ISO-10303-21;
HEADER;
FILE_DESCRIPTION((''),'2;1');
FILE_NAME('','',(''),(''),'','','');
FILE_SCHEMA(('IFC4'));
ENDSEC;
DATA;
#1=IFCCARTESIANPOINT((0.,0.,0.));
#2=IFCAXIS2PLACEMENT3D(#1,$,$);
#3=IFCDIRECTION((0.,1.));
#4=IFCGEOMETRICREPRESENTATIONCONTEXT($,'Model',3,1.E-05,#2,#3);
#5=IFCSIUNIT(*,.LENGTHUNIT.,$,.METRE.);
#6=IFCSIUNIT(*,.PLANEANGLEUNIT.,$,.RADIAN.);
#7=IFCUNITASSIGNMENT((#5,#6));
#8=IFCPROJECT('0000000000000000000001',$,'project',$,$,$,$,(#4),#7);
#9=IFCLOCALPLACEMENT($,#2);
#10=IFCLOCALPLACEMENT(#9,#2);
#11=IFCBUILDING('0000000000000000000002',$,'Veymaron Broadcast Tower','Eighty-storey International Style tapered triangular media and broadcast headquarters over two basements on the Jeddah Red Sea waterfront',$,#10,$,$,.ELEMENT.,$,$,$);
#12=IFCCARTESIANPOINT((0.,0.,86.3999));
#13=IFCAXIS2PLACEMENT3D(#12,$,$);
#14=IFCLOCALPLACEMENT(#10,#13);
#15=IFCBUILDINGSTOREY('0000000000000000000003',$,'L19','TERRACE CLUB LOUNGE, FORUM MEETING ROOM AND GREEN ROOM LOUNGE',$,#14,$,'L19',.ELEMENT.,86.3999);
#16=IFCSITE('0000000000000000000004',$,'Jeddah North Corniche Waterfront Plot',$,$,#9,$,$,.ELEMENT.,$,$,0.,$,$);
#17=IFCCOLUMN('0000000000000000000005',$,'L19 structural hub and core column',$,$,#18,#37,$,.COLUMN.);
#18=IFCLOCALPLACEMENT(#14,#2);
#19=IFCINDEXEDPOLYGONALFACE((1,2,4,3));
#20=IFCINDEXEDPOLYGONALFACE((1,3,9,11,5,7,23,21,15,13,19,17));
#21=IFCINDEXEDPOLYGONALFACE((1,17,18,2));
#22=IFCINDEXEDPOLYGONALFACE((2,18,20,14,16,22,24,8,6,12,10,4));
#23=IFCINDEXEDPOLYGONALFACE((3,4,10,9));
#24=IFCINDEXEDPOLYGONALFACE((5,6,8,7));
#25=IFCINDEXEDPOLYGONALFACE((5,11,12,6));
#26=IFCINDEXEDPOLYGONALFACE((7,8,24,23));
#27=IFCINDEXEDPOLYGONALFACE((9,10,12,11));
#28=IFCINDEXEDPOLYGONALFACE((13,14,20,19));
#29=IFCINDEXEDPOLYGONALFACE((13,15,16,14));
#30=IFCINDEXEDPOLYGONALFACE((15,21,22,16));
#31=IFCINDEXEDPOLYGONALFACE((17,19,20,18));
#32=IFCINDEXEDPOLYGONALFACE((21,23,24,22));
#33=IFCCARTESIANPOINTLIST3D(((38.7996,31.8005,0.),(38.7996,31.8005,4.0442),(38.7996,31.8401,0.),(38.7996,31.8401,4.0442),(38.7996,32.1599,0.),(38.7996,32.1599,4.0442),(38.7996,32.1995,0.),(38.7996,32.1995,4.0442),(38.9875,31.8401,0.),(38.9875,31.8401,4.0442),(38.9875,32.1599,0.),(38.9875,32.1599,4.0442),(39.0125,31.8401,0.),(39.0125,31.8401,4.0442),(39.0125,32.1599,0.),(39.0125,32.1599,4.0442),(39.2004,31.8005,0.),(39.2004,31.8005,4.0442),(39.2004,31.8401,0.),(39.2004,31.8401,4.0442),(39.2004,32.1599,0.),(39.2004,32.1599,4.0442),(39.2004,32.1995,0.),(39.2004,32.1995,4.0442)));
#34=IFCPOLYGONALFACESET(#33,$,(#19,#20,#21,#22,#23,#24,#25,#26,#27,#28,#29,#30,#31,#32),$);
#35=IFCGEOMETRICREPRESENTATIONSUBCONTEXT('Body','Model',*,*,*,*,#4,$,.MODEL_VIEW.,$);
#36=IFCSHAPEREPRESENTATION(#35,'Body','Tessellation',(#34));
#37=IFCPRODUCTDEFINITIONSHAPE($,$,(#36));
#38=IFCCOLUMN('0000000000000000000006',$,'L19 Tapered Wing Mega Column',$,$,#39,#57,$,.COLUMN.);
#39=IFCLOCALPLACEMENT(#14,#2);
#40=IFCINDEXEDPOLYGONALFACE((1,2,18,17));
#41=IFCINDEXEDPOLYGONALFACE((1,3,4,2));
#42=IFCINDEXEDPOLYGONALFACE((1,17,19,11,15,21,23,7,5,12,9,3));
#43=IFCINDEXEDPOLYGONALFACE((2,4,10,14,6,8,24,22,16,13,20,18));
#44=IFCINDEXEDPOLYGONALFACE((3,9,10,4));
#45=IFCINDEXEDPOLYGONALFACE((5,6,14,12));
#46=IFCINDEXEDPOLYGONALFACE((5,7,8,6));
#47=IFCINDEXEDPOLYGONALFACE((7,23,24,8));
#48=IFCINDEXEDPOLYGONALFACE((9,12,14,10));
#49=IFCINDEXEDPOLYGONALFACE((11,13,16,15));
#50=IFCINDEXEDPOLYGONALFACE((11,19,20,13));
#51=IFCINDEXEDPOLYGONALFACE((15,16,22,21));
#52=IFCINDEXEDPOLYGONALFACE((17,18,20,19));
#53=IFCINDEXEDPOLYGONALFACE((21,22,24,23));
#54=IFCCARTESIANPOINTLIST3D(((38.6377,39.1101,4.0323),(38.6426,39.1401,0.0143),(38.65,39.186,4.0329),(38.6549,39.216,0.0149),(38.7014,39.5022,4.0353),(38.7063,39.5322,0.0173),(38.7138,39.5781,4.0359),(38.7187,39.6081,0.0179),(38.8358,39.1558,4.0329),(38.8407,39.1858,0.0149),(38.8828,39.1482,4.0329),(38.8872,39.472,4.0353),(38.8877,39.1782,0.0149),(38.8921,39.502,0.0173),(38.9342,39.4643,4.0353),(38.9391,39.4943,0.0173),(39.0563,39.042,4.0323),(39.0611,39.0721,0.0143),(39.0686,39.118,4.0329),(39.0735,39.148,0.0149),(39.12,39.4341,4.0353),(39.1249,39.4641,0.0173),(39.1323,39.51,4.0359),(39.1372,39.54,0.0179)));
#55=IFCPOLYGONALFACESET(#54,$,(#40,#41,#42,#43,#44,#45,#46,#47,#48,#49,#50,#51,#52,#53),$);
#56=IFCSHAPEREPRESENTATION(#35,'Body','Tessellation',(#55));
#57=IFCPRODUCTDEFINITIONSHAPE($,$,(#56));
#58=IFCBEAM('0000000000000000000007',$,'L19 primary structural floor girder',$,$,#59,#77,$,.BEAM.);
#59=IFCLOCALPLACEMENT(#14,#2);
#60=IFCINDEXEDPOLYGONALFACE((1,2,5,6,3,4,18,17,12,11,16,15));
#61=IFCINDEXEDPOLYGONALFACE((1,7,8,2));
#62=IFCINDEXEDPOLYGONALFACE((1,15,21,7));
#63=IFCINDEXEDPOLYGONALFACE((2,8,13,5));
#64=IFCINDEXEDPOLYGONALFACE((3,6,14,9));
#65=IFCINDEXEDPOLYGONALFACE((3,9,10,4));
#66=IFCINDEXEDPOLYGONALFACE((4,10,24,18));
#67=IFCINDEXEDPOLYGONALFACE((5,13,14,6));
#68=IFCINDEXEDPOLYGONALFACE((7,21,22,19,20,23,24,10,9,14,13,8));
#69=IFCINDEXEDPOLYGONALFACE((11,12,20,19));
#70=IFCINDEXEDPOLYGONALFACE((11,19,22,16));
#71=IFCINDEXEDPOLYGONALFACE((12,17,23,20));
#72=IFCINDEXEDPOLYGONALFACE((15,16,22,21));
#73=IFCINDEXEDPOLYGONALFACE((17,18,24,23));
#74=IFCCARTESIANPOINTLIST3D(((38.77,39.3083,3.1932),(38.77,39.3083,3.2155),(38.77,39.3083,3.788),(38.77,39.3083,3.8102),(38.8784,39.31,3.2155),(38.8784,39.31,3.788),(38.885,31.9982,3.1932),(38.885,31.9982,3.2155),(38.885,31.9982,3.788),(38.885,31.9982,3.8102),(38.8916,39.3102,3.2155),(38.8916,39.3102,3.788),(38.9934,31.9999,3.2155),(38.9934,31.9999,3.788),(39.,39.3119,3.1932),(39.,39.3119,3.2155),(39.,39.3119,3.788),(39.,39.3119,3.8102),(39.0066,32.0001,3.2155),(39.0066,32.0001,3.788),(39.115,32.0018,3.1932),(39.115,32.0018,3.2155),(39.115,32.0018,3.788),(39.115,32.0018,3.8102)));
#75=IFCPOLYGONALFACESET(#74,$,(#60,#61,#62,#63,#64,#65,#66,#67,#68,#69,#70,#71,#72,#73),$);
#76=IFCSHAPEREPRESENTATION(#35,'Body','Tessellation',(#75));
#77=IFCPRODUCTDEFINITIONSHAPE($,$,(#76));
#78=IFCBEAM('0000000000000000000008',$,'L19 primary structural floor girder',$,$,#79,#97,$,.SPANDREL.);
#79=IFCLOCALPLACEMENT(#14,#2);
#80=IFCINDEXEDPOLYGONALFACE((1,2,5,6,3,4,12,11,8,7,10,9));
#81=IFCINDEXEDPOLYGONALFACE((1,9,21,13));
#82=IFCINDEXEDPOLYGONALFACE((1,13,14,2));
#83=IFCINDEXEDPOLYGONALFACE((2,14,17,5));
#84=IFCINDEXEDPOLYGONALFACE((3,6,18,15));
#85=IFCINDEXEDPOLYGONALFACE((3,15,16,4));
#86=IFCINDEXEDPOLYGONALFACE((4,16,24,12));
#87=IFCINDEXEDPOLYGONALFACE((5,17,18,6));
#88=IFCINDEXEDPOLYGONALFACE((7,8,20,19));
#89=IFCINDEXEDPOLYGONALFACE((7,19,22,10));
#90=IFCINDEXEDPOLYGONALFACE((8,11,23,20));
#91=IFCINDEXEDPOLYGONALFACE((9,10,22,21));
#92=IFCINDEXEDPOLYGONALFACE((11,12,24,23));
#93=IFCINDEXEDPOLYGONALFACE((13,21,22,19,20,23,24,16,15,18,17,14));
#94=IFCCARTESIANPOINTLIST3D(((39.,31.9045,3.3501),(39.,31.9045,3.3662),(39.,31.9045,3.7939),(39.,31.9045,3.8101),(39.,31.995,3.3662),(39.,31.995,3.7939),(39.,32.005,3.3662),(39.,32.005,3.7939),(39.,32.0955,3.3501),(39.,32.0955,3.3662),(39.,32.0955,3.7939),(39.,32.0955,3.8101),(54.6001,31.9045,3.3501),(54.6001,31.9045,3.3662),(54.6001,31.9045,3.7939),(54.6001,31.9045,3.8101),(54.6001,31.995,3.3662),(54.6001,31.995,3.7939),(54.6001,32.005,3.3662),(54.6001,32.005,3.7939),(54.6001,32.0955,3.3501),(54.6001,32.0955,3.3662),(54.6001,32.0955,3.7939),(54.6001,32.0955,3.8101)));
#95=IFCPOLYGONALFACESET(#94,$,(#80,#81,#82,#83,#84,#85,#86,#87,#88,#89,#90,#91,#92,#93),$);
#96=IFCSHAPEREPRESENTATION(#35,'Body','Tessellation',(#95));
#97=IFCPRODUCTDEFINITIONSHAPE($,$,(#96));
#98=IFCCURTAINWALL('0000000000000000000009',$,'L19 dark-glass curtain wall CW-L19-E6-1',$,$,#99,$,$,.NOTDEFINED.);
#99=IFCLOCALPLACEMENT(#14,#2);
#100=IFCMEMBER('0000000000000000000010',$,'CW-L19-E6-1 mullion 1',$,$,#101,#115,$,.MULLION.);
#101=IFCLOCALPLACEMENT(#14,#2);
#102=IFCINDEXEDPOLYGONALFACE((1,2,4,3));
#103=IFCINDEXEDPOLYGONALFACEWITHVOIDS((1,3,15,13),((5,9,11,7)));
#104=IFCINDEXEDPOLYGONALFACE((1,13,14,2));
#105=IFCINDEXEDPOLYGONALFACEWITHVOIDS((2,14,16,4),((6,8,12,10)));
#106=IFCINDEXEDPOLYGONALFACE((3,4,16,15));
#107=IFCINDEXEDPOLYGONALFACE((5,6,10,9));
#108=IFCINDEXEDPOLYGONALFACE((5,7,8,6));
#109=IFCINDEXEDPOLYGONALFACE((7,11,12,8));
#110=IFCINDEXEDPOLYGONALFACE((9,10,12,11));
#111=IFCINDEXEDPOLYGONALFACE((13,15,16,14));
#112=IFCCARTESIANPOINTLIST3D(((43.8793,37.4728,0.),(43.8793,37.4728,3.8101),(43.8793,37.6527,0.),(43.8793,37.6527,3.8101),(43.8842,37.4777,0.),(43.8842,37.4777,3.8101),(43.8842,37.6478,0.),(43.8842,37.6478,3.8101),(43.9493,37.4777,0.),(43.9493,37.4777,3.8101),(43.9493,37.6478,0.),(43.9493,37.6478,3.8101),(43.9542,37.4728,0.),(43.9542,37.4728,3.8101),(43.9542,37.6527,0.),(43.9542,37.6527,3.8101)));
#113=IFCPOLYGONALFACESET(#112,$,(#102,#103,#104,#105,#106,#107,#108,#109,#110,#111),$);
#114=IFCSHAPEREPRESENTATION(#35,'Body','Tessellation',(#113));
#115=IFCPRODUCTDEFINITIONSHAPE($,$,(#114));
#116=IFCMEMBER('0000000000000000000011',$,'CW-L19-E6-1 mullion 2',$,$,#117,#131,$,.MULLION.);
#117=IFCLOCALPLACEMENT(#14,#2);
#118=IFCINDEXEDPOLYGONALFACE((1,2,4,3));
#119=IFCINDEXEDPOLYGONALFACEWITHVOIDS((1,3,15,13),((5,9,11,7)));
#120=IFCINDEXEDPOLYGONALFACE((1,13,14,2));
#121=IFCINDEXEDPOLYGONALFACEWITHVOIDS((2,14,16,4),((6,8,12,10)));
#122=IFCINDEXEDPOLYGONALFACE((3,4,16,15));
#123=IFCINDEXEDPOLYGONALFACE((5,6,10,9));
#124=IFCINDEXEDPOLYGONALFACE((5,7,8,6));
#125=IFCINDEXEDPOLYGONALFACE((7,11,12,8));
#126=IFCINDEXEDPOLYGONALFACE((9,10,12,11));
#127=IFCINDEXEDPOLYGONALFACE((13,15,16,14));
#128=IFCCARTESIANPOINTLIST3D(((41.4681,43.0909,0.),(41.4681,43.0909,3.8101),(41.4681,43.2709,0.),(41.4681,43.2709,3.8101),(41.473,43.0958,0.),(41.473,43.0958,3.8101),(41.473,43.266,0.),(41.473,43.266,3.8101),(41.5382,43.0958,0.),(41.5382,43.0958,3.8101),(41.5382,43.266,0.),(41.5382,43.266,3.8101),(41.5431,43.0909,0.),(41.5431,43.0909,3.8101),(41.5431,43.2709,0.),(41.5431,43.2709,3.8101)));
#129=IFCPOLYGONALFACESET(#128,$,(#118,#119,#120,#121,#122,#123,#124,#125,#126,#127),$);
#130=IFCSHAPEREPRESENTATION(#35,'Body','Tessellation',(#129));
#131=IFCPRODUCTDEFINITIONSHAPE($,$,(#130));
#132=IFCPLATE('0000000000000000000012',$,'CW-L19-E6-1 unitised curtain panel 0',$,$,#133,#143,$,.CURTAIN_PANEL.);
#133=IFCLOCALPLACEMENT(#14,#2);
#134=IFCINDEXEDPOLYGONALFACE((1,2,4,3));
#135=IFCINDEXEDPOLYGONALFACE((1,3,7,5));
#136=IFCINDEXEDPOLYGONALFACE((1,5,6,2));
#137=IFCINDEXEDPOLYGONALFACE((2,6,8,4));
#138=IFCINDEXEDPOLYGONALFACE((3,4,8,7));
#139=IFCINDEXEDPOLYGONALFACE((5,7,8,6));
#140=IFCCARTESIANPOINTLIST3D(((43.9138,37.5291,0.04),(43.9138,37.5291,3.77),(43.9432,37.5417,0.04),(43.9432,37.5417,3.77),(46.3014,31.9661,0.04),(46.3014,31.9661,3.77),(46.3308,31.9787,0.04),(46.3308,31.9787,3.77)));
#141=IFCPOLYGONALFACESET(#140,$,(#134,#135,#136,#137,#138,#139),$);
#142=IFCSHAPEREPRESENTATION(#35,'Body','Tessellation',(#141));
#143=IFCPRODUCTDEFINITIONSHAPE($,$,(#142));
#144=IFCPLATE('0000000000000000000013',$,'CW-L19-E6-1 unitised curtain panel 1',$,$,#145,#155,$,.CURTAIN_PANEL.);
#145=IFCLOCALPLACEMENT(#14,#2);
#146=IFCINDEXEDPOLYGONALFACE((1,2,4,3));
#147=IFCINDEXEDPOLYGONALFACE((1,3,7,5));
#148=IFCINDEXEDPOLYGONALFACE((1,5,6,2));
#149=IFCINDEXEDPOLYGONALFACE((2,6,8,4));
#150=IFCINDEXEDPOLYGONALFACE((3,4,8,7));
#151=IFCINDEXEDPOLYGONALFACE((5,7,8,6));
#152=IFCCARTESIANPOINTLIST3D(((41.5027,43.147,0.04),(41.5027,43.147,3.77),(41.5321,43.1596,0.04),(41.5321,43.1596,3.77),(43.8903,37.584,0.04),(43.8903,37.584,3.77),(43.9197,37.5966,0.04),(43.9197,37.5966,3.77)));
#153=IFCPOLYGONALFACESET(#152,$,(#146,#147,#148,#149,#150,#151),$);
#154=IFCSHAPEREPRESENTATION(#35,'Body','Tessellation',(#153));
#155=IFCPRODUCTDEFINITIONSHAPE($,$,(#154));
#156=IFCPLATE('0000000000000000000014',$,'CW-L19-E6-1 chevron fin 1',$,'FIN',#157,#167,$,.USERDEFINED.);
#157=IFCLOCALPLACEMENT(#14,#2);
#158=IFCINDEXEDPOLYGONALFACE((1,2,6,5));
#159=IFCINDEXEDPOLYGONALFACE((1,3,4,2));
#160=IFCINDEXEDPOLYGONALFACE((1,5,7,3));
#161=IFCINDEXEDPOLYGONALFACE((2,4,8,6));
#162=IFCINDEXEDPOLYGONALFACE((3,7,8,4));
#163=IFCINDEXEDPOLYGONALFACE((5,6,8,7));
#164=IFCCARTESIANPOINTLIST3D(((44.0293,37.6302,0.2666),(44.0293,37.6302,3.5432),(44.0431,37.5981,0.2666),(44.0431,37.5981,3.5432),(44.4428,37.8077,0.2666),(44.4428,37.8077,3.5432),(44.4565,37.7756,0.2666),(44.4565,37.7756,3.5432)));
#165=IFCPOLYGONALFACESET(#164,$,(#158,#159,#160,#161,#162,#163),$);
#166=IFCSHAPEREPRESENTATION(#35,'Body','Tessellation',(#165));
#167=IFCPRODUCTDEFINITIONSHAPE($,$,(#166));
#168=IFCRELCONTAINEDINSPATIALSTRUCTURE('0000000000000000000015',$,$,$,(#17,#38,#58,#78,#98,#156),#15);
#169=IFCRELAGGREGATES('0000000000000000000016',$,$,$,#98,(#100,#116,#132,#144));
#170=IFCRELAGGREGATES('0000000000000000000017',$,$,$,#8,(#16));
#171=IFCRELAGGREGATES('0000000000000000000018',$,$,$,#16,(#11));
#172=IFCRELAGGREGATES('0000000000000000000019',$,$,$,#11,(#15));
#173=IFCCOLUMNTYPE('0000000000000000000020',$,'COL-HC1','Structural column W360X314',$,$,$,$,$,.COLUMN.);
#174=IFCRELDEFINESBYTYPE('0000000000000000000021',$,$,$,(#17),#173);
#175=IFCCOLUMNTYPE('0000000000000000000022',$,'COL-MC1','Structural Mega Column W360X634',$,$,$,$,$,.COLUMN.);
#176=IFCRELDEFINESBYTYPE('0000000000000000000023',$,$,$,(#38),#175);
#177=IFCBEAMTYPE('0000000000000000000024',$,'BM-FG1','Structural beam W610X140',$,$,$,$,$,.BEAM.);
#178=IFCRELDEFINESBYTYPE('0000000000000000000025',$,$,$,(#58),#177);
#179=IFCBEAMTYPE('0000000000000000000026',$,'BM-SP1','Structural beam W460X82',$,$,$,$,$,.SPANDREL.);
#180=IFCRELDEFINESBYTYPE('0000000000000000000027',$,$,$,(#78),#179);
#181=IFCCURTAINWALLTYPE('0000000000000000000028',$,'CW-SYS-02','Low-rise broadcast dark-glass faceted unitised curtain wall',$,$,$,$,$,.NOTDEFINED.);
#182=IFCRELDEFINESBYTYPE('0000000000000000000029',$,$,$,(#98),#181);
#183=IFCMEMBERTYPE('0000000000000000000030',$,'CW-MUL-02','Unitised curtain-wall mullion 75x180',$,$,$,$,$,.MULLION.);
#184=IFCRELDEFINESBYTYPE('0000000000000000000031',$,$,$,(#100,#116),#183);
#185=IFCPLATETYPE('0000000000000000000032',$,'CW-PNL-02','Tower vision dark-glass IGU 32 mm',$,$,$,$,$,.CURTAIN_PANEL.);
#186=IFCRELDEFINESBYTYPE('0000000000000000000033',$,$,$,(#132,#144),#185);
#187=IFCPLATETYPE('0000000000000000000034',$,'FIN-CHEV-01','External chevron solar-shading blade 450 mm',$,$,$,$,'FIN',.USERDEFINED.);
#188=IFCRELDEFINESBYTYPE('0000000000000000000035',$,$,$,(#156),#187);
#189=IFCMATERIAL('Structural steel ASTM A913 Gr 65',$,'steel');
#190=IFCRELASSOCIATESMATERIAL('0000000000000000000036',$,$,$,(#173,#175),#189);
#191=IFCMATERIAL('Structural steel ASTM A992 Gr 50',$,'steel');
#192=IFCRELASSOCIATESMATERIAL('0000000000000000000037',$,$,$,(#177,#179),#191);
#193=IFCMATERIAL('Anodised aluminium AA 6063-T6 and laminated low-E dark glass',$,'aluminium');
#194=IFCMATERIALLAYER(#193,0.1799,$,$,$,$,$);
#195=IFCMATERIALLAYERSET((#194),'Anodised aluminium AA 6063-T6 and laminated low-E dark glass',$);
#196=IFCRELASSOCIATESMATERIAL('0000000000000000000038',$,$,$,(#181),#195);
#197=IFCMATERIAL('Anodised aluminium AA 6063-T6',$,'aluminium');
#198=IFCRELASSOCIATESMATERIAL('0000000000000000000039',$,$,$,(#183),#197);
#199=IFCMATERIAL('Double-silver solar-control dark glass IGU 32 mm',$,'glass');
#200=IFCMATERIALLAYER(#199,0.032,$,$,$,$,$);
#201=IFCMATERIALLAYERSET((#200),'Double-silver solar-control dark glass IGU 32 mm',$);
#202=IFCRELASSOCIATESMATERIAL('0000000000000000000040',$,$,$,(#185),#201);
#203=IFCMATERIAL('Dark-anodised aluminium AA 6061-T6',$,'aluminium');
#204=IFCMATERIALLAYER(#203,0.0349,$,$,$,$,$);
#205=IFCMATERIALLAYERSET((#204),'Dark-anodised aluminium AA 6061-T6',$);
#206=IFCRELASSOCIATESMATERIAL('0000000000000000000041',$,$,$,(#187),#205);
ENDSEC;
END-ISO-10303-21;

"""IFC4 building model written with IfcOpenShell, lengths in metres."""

from ifc_helpers import new_model, si_unit, direction, frame, origin, origin_2d, place, context, subcontext, project, spatial, rectangle, hollow_rectangle, i_section, extrude, material, layer, layer_set, material_profile, profile_set, type_object, element, aggregate, save


model = new_model("IFC4")

# Units and contexts
model_context = context("Model", 3, precision=1e-05, world=origin(), true_north=direction((0.0, 1.0)))
body_context = subcontext(model_context, "Body", "Model", "MODEL_VIEW")
ifc_project = project(units=[si_unit("LENGTHUNIT", "METRE"), si_unit("PLANEANGLEUNIT", "RADIAN")], contexts=[model_context])

# Site, building, storey
site_placement = place(None, origin())
site = spatial("IfcSite", under=ifc_project, at=site_placement, Name="Jeddah North Corniche Waterfront Plot", CompositionType="ELEMENT", RefElevation=0.0)
building_placement = place(site_placement, origin())
building = spatial("IfcBuilding", under=site, at=building_placement, Name="Veymaron Broadcast Tower", Description="Eighty-storey International Style tapered triangular media and broadcast headquarters over two basements on the Jeddah Red Sea waterfront", CompositionType="ELEMENT")
storey_placement = place(building_placement, frame((0.0, 0.0, 86.3999)))
storey = spatial("IfcBuildingStorey", under=building, at=storey_placement, Name="L19", Description="TERRACE CLUB LOUNGE, FORUM MEETING ROOM AND GREEN ROOM LOUNGE", LongName="L19", CompositionType="ELEMENT", Elevation=86.3999)

# Columns
ifc_material_1 = material(Name="Structural steel ASTM A913 Gr 65", Category="steel")
ifc_material_profile_1 = material_profile(ifc_material_1, i_section(OverallWidth=0.4009, OverallDepth=0.3989, WebThickness=0.0249, FlangeThickness=0.0396, at=origin_2d()), Name="W360X314")
ifc_profile_set_1 = profile_set([ifc_material_profile_1], Name="Structural steel ASTM A913 Gr 65")
column_type_1 = type_object("IfcColumnType", Name="COL-HC1", Description="Structural column W360X314", PredefinedType="COLUMN", material=ifc_profile_set_1)
column_1_placement = place(storey_placement, frame((39.0, 32.0, 0.0), z_axis=(0.0, 0.0, 1.0), x_axis=(1.0, 0.0, 0.0)))
element("IfcColumn", 1, at=column_1_placement, inside=storey, type_object=column_type_1, Name="L19 structural hub and core column", PredefinedType="COLUMN", context=body_context, shape_type="SweptSolid", body=[
    extrude(i_section(OverallWidth=0.4009, OverallDepth=0.3989, WebThickness=0.0249, FlangeThickness=0.0396, at=origin_2d()), origin(), (0.0, 0.0, 1.0), 4.0442),
])
ifc_material_profile_2 = material_profile(ifc_material_1, i_section(OverallWidth=0.4241, OverallDepth=0.4741, WebThickness=0.0476, FlangeThickness=0.0769, at=origin_2d()), Name="W360X634")
ifc_profile_set_2 = profile_set([ifc_material_profile_2], Name="Structural steel ASTM A913 Gr 65")
column_type_2 = type_object("IfcColumnType", Name="COL-MC1", Description="Structural Mega Column W360X634", PredefinedType="COLUMN", material=ifc_profile_set_2)
column_2_placement = place(storey_placement, frame((38.8899, 39.3401, 0.0161), z_axis=(-0.001215, -0.007473, 0.999971), x_axis=(0.987037, -0.160494, 0.0)))
element("IfcColumn", 2, at=column_2_placement, inside=storey, type_object=column_type_2, Name="L19 Tapered Wing Mega Column", PredefinedType="COLUMN", context=body_context, shape_type="SweptSolid", body=[
    extrude(i_section(OverallWidth=0.4241, OverallDepth=0.4741, WebThickness=0.0476, FlangeThickness=0.0769, at=origin_2d()), origin(), (0.0, 0.0, 1.0), 4.0181),
])

# Beams
ifc_material_2 = material(Name="Structural steel ASTM A992 Gr 50", Category="steel")
ifc_material_profile_3 = material_profile(ifc_material_2, i_section(OverallWidth=0.23, OverallDepth=0.6169, WebThickness=0.0132, FlangeThickness=0.0222, at=origin_2d()), Name="W610X140")
ifc_profile_set_3 = profile_set([ifc_material_profile_3], Name="Structural steel ASTM A992 Gr 50")
beam_type_1 = type_object("IfcBeamType", Name="BM-FG1", Description="Structural beam W610X140", PredefinedType="BEAM", material=ifc_profile_set_3)
beam_1_placement = place(storey_placement, frame((39.0, 32.0, 3.5017), z_axis=(-0.015728, 0.999876, 0.0), x_axis=(-0.999876, -0.015728, 0.0)))
element("IfcBeam", 3, at=beam_1_placement, inside=storey, type_object=beam_type_1, Name="L19 primary structural floor girder", PredefinedType="BEAM", context=body_context, shape_type="SweptSolid", body=[
    extrude(i_section(OverallWidth=0.23, OverallDepth=0.6169, WebThickness=0.0132, FlangeThickness=0.0222, at=origin_2d()), origin(), (0.0, 0.0, 1.0), 7.311),
])
ifc_material_profile_4 = material_profile(ifc_material_2, i_section(OverallWidth=0.1909, OverallDepth=0.46, WebThickness=0.01, FlangeThickness=0.0161, at=origin_2d()), Name="W460X82")
ifc_profile_set_4 = profile_set([ifc_material_profile_4], Name="Structural steel ASTM A992 Gr 50")
beam_type_2 = type_object("IfcBeamType", Name="BM-SP1", Description="Structural beam W460X82", PredefinedType="SPANDREL", material=ifc_profile_set_4)
beam_2_placement = place(storey_placement, frame((39.0, 32.0, 3.5801), z_axis=(1.0, 0.0, 0.0), x_axis=(0.0, 1.0, 0.0)))
element("IfcBeam", 4, at=beam_2_placement, inside=storey, type_object=beam_type_2, Name="L19 primary structural floor girder", PredefinedType="SPANDREL", context=body_context, shape_type="SweptSolid", body=[
    extrude(i_section(OverallWidth=0.1909, OverallDepth=0.46, WebThickness=0.01, FlangeThickness=0.0161, at=origin_2d()), origin(), (0.0, 0.0, 1.0), 15.6001),
])

# Curtain wall, members, plates
ifc_material_3 = material(Name="Anodised aluminium AA 6063-T6 and laminated low-E dark glass", Category="aluminium")
ifc_layer_1 = layer(ifc_material_3, 0.1799)
ifc_layer_set_1 = layer_set([ifc_layer_1], Name="Anodised aluminium AA 6063-T6 and laminated low-E dark glass")
curtain_wall_type = type_object("IfcCurtainWallType", Name="CW-SYS-02", Description="Low-rise broadcast dark-glass faceted unitised curtain wall", PredefinedType="NOTDEFINED", material=ifc_layer_set_1)
curtain_wall_placement = place(storey_placement, origin())
curtain_wall = element("IfcCurtainWall", 5, at=curtain_wall_placement, inside=storey, type_object=curtain_wall_type, Name="L19 dark-glass curtain wall CW-L19-E6-1", PredefinedType="NOTDEFINED")
ifc_material_4 = material(Name="Anodised aluminium AA 6063-T6", Category="aluminium")
ifc_material_profile_5 = material_profile(ifc_material_4, hollow_rectangle(XDim=0.075, YDim=0.1799, WallThickness=0.0049, at=origin_2d()), Name="AL180X75X5")
ifc_profile_set_5 = profile_set([ifc_material_profile_5], Name="Anodised aluminium AA 6063-T6")
member_type = type_object("IfcMemberType", Name="CW-MUL-02", Description="Unitised curtain-wall mullion 75x180", PredefinedType="MULLION", material=ifc_profile_set_5)
member_1_placement = place(storey_placement, frame((43.9167, 37.5627, 0.0), z_axis=(0.0, 0.0, 1.0), x_axis=(1.0, 0.0, 0.0)))
member_1 = element("IfcMember", 6, at=member_1_placement, type_object=member_type, Name="CW-L19-E6-1 mullion 1", PredefinedType="MULLION", context=body_context, shape_type="SweptSolid", body=[
    extrude(hollow_rectangle(XDim=0.075, YDim=0.1799, WallThickness=0.0049, at=origin_2d()), origin(), (0.0, 0.0, 1.0), 3.8101),
])
member_2_placement = place(storey_placement, frame((41.5056, 43.1809, 0.0), z_axis=(0.0, 0.0, 1.0), x_axis=(1.0, 0.0, 0.0)))
member_2 = element("IfcMember", 7, at=member_2_placement, type_object=member_type, Name="CW-L19-E6-1 mullion 2", PredefinedType="MULLION", context=body_context, shape_type="SweptSolid", body=[
    extrude(hollow_rectangle(XDim=0.075, YDim=0.1799, WallThickness=0.0049, at=origin_2d()), origin(), (0.0, 0.0, 1.0), 3.8101),
])
ifc_material_5 = material(Name="Double-silver solar-control dark glass IGU 32 mm", Category="glass")
ifc_layer_2 = layer(ifc_material_5, 0.032)
ifc_layer_set_2 = layer_set([ifc_layer_2], Name="Double-silver solar-control dark glass IGU 32 mm")
plate_type_1 = type_object("IfcPlateType", Name="CW-PNL-02", Description="Tower vision dark-glass IGU 32 mm", PredefinedType="CURTAIN_PANEL", material=ifc_layer_set_2)
plate_1_placement = place(storey_placement, frame((45.1223, 34.7539, 0.04), z_axis=(0.0, 0.0, 1.0), x_axis=(-0.394407, 0.918936, 0.0)))
plate_1 = element("IfcPlate", 8, at=plate_1_placement, type_object=plate_type_1, Name="CW-L19-E6-1 unitised curtain panel 0", PredefinedType="CURTAIN_PANEL", context=body_context, shape_type="SweptSolid", body=[
    extrude(rectangle(XDim=6.0537, YDim=0.032, at=origin_2d()), origin(), (0.0, 0.0, 1.0), 3.73),
])
plate_2_placement = place(storey_placement, frame((42.7112, 40.3718, 0.04), z_axis=(0.0, 0.0, 1.0), x_axis=(-0.394407, 0.918936, 0.0)))
plate_2 = element("IfcPlate", 9, at=plate_2_placement, type_object=plate_type_1, Name="CW-L19-E6-1 unitised curtain panel 1", PredefinedType="CURTAIN_PANEL", context=body_context, shape_type="SweptSolid", body=[
    extrude(rectangle(XDim=6.0537, YDim=0.032, at=origin_2d()), origin(), (0.0, 0.0, 1.0), 3.73),
])
aggregate(curtain_wall, [member_1, member_2, plate_1, plate_2])

# Plate
ifc_material_6 = material(Name="Dark-anodised aluminium AA 6061-T6", Category="aluminium")
ifc_layer_3 = layer(ifc_material_6, 0.0349)
ifc_layer_set_3 = layer_set([ifc_layer_3], Name="Dark-anodised aluminium AA 6061-T6")
plate_type_2 = type_object("IfcPlateType", Name="FIN-CHEV-01", Description="External chevron solar-shading blade 450 mm", ElementType="FIN", PredefinedType="USERDEFINED", material=ifc_layer_set_3)
plate_3_placement = place(storey_placement, frame((44.2429, 37.7029, 0.2666), z_axis=(0.0, 0.0, 1.0), x_axis=(0.918936, 0.394407, 0.0)))
element("IfcPlate", 10, at=plate_3_placement, inside=storey, type_object=plate_type_2, Name="CW-L19-E6-1 chevron fin 1", ObjectType="FIN", PredefinedType="USERDEFINED", context=body_context, shape_type="SweptSolid", body=[
    extrude(rectangle(XDim=0.45, YDim=0.0349, at=origin_2d()), origin(), (0.0, 0.0, 1.0), 3.2766),
])

save(model, "model.ifc")
